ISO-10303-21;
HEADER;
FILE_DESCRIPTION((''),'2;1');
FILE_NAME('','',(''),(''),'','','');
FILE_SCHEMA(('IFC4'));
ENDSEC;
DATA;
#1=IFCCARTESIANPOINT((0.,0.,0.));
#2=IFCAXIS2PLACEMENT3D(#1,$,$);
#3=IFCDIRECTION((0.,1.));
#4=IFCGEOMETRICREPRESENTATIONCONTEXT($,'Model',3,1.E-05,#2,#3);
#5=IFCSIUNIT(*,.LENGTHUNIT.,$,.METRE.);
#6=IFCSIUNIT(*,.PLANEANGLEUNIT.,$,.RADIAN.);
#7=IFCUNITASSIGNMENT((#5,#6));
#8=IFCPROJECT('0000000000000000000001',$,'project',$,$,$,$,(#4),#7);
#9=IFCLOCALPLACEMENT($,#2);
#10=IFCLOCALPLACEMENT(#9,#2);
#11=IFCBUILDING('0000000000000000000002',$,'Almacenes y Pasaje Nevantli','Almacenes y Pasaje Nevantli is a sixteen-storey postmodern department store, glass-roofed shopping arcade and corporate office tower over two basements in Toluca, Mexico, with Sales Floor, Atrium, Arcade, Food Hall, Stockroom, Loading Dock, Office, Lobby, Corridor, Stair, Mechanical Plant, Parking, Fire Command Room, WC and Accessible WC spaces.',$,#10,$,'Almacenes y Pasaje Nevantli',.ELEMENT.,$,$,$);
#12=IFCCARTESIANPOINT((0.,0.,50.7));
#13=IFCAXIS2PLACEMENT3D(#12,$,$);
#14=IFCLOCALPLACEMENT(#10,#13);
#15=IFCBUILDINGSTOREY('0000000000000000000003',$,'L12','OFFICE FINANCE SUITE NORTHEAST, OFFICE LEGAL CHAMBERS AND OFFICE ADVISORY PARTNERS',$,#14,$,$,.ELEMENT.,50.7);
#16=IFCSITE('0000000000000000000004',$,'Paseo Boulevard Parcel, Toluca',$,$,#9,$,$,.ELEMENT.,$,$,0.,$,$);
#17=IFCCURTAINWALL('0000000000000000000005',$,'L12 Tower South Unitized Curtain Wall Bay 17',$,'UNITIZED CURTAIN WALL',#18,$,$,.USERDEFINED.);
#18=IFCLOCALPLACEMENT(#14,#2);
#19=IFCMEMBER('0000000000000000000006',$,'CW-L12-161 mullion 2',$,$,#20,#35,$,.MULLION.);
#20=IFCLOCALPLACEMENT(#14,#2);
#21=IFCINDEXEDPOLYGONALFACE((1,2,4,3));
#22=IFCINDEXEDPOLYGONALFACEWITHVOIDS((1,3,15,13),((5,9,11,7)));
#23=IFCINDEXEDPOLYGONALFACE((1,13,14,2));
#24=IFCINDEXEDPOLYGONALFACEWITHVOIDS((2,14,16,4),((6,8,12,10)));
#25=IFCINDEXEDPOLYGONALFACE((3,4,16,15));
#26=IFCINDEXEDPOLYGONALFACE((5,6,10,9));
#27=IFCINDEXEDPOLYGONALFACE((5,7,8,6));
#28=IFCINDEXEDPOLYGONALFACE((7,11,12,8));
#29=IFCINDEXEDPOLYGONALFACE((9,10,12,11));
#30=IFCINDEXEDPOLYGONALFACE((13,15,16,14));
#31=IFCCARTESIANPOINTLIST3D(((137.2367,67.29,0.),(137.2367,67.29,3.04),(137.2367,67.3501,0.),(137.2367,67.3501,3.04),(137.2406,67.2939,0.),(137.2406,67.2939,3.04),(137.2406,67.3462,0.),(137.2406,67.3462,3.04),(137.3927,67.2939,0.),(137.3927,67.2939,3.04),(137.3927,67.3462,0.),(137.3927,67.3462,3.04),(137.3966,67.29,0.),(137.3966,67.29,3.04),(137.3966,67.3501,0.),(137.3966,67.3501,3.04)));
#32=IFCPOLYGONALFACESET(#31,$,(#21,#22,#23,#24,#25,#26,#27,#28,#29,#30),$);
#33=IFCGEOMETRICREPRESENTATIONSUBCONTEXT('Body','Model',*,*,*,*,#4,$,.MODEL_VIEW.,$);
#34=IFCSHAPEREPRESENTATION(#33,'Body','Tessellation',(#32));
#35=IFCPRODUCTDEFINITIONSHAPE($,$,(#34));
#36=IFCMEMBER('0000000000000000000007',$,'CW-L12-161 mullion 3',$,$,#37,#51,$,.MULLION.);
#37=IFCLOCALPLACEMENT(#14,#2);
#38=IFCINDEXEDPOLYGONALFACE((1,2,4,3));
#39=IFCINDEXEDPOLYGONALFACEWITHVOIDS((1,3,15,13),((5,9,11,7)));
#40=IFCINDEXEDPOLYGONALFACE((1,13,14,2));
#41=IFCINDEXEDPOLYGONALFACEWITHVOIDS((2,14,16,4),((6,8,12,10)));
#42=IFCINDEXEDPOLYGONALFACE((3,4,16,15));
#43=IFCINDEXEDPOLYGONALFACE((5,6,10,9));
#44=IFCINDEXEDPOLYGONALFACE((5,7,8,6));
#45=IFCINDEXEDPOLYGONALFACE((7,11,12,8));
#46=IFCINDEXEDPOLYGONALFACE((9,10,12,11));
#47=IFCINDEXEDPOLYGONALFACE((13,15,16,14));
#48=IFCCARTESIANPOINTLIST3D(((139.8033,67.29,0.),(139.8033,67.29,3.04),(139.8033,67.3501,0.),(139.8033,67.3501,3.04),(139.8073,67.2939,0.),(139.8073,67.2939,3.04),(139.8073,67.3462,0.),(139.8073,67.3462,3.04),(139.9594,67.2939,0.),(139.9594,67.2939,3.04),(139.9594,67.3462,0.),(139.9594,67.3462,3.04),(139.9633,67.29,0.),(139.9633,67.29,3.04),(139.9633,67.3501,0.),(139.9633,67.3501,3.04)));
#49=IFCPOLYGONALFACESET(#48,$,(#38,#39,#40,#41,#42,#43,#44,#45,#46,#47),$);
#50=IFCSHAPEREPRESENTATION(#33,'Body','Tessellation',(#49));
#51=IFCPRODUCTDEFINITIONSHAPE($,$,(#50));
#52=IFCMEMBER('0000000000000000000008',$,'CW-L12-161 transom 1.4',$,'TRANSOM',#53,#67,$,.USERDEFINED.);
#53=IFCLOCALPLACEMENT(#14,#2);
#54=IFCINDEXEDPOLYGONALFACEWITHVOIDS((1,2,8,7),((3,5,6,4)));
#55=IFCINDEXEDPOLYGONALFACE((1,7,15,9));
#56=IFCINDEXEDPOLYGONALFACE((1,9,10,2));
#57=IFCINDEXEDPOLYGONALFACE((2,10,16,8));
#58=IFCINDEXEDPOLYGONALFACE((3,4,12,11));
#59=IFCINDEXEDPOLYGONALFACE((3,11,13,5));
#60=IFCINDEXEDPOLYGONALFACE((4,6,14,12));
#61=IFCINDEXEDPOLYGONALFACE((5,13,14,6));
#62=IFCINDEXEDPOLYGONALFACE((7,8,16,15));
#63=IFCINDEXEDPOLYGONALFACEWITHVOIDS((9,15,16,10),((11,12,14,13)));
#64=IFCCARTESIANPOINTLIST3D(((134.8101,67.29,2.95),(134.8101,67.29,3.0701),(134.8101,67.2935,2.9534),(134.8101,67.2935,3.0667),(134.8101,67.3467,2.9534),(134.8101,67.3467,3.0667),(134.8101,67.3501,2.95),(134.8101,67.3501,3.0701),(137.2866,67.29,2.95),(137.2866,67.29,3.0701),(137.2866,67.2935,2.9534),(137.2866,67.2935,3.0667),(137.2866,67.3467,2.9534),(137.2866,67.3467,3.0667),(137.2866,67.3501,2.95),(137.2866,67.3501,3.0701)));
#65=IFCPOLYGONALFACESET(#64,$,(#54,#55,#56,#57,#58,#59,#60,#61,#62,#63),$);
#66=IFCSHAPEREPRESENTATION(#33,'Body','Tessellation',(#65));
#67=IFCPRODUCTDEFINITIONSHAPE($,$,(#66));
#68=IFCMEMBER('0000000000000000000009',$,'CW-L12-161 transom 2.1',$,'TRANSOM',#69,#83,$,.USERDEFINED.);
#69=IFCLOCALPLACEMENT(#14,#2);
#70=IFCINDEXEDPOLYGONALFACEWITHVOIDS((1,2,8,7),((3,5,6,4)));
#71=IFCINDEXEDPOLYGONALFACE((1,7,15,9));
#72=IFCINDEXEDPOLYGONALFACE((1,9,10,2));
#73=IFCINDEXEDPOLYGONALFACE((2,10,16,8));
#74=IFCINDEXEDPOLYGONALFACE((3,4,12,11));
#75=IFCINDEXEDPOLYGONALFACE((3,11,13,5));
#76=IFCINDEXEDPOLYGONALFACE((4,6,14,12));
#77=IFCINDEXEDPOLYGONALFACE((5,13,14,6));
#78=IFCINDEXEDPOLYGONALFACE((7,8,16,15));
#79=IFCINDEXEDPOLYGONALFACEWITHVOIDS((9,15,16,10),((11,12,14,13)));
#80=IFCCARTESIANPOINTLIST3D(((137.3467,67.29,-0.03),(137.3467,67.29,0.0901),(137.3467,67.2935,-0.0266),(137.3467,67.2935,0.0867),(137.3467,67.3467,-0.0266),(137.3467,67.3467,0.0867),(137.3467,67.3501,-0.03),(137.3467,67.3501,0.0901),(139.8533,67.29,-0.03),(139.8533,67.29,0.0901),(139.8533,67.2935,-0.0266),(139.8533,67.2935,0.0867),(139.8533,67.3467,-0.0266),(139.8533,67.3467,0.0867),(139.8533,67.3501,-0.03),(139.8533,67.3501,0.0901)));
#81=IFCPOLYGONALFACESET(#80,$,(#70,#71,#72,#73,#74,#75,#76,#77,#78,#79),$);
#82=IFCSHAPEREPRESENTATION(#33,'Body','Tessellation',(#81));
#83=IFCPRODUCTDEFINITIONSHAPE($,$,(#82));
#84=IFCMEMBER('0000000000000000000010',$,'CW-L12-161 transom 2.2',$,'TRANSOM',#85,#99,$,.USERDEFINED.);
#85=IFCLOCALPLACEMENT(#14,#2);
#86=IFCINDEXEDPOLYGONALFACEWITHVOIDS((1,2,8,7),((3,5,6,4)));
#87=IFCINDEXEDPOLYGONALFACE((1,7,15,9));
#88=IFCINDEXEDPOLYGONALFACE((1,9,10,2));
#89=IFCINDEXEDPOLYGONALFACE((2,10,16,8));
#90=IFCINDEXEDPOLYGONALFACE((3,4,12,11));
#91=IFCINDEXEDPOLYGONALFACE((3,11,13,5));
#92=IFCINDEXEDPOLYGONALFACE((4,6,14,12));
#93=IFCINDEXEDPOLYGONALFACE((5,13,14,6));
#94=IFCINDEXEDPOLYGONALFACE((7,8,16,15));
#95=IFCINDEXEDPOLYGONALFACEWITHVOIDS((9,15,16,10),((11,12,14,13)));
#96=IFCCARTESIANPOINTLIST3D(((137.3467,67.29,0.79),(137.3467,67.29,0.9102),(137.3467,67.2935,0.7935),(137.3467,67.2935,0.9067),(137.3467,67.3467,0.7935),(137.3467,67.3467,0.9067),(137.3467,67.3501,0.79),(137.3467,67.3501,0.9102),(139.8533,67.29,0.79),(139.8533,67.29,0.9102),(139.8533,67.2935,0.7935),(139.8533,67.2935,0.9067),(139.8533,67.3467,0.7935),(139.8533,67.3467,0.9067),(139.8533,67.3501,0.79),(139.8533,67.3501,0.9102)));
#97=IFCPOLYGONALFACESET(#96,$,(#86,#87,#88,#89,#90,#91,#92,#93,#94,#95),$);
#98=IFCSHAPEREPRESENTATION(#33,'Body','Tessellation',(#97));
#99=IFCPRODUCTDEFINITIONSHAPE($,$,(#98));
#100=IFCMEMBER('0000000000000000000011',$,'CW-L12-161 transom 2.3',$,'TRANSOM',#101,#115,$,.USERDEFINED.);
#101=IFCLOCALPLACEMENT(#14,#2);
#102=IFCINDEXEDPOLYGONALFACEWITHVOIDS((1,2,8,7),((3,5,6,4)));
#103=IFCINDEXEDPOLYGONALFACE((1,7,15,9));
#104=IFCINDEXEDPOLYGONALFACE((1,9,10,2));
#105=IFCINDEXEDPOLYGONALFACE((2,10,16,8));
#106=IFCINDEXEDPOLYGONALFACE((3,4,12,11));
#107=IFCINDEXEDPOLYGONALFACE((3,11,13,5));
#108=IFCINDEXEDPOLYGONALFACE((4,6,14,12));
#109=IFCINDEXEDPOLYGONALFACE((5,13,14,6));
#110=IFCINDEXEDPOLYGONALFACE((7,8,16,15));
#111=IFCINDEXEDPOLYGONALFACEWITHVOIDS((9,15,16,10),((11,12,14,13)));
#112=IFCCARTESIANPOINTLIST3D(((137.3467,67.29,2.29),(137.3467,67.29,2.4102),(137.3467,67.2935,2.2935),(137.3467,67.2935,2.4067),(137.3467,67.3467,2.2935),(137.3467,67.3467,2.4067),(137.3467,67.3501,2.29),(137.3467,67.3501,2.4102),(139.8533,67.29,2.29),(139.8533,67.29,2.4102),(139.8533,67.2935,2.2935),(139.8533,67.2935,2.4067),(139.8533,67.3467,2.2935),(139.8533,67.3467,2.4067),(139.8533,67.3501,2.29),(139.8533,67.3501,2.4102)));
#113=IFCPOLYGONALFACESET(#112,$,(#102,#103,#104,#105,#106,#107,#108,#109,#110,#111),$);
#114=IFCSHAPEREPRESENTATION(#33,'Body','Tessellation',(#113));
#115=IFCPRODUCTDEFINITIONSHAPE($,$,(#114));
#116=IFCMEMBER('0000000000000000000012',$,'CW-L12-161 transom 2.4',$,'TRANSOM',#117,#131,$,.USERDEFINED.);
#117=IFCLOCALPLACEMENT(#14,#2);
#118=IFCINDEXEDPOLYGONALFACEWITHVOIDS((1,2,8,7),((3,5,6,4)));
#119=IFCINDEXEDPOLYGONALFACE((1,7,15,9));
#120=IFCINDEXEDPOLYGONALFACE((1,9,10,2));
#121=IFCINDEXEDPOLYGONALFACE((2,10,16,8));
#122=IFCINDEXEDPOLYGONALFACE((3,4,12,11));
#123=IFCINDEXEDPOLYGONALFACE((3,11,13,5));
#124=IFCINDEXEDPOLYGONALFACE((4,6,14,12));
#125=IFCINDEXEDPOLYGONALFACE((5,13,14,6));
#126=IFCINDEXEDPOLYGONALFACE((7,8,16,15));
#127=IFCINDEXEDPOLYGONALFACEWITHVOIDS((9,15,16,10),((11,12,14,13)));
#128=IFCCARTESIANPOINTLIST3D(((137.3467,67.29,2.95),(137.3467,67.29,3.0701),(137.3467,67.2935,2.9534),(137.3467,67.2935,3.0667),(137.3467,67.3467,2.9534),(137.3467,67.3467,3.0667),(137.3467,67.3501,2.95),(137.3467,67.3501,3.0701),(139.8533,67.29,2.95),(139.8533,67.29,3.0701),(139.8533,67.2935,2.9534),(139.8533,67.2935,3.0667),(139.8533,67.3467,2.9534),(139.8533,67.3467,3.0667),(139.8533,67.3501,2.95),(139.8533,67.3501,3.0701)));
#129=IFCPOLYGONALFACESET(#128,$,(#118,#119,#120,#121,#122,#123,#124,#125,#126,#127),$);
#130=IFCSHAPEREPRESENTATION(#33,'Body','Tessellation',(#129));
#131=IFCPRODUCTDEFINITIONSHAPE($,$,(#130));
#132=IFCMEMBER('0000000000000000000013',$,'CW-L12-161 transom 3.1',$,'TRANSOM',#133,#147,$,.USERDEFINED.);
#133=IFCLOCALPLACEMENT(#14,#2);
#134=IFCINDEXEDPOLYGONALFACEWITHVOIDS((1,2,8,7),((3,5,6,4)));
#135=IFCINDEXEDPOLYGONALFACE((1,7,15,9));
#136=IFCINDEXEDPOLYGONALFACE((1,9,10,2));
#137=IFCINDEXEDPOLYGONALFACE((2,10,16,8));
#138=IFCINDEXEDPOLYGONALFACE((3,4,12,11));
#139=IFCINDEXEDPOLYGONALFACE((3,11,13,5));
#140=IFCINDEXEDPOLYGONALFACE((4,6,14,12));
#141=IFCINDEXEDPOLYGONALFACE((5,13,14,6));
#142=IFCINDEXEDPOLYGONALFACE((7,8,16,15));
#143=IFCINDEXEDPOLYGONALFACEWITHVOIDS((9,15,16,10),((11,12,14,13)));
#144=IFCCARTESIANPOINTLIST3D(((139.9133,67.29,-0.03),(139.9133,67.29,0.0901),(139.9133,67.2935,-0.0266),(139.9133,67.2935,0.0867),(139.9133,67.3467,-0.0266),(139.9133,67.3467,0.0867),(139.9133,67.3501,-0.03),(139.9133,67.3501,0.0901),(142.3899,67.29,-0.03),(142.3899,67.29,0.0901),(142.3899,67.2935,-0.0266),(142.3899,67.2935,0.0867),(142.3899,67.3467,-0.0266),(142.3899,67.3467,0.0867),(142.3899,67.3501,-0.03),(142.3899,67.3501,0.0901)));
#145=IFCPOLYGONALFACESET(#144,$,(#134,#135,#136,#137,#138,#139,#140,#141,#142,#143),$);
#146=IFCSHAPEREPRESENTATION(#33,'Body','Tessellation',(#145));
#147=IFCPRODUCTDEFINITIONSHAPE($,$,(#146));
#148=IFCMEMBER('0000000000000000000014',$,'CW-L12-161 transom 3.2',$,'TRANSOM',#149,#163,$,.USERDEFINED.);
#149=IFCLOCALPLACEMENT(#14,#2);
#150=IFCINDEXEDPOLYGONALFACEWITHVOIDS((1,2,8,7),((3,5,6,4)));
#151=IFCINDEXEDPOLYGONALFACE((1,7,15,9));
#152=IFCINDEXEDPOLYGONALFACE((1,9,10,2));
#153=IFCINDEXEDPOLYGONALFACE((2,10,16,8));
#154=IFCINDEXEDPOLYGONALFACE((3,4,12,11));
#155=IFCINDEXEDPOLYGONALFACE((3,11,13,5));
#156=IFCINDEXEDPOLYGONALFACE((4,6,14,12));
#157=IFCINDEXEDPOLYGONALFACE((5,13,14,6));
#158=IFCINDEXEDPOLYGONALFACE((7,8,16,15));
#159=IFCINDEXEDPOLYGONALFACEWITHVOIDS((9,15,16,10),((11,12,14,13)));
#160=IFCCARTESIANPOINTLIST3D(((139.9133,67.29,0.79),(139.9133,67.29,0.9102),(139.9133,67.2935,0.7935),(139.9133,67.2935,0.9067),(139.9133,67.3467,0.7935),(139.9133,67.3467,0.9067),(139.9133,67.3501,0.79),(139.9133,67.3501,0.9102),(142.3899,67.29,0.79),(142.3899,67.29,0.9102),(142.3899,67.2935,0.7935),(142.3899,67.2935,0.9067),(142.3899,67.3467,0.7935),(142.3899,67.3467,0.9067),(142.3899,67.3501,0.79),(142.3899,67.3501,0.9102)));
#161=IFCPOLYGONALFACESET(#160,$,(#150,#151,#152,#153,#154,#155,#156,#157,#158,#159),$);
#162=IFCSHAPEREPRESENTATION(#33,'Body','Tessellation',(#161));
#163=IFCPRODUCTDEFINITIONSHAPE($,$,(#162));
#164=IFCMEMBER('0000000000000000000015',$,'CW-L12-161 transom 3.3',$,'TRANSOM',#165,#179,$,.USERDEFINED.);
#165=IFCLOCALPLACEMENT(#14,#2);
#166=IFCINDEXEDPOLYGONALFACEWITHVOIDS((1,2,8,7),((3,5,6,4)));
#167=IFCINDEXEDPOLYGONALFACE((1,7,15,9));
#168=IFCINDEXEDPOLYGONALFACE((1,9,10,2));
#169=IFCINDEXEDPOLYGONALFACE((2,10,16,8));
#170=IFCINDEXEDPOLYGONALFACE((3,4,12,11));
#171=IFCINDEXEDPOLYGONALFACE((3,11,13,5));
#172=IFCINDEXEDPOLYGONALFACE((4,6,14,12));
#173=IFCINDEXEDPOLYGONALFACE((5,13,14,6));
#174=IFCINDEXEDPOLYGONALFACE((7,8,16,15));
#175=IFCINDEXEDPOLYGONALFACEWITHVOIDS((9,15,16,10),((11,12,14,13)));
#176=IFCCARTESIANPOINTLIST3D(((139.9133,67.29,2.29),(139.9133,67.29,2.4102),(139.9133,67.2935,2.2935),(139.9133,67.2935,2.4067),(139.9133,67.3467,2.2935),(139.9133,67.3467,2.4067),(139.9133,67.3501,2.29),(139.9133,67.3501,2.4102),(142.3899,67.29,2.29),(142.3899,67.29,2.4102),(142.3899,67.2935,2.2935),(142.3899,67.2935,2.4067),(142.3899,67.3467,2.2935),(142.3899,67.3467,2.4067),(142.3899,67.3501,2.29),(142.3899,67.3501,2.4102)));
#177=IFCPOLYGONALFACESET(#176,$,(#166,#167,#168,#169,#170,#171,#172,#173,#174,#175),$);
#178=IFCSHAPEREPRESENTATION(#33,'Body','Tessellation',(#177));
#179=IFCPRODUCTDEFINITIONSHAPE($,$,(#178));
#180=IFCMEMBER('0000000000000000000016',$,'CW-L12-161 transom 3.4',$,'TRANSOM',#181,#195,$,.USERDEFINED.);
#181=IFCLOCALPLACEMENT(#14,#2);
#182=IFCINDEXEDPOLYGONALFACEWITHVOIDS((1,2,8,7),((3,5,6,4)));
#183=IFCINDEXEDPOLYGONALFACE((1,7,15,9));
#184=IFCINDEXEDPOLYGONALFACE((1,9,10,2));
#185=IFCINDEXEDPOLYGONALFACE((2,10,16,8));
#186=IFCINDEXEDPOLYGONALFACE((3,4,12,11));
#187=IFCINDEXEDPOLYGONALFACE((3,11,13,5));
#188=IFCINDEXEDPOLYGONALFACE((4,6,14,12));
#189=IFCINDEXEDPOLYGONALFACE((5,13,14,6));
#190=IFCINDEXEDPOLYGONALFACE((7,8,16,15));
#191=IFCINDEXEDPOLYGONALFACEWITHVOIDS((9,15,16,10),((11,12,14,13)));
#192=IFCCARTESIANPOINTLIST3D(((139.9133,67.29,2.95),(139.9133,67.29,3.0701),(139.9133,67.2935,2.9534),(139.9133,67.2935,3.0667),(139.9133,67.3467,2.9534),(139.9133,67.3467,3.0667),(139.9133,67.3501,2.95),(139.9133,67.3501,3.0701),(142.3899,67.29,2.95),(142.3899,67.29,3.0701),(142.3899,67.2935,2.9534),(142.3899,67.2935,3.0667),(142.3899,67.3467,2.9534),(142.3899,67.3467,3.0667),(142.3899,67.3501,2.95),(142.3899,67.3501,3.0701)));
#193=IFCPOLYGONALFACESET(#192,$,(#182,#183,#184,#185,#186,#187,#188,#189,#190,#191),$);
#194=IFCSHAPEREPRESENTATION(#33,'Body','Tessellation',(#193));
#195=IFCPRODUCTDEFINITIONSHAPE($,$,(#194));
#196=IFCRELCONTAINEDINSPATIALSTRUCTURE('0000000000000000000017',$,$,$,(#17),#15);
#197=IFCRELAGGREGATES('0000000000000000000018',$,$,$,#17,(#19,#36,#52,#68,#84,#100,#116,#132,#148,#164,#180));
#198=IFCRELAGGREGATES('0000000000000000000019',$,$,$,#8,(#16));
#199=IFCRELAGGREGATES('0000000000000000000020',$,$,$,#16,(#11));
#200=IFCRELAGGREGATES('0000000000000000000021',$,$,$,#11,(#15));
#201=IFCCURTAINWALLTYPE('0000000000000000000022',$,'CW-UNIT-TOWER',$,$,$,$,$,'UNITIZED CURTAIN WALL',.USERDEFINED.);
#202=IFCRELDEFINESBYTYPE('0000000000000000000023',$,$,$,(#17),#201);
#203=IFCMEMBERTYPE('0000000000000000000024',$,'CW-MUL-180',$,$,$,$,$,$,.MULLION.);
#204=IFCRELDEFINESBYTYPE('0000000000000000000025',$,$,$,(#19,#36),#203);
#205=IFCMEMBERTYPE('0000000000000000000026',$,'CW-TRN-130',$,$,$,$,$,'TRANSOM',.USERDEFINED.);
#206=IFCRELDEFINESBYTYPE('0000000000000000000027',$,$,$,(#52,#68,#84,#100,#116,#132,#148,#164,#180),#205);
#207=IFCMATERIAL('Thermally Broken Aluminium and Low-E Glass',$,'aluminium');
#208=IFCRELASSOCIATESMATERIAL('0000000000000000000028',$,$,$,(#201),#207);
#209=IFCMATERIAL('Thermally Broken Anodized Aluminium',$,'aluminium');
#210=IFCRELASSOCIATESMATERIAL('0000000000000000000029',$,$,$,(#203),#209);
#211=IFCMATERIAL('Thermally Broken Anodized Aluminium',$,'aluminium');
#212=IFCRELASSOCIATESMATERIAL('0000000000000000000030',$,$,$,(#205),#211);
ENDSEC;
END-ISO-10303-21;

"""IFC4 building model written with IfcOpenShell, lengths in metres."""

from ifc_helpers import new_model, si_unit, direction, frame, origin, origin_2d, place, context, subcontext, project, spatial, hollow_rectangle, extrude, material, material_profile, profile_set, type_object, element, aggregate, save


model = new_model("IFC4")

# Units and contexts
model_context = context("Model", 3, precision=1e-05, world=origin(), true_north=direction((0.0, 1.0)))
body_context = subcontext(model_context, "Body", "Model", "MODEL_VIEW")
ifc_project = project(units=[si_unit("LENGTHUNIT", "METRE"), si_unit("PLANEANGLEUNIT", "RADIAN")], contexts=[model_context])

# Site, building, storey
site_placement = place(None, origin())
site = spatial("IfcSite", under=ifc_project, at=site_placement, Name="Paseo Boulevard Parcel, Toluca", CompositionType="ELEMENT", RefElevation=0.0)
building_placement = place(site_placement, origin())
building = spatial("IfcBuilding", under=site, at=building_placement, Name="Almacenes y Pasaje Nevantli", Description="Almacenes y Pasaje Nevantli is a sixteen-storey postmodern department store, glass-roofed shopping arcade and corporate office tower over two basements in Toluca, Mexico, with Sales Floor, Atrium, Arcade, Food Hall, Stockroom, Loading Dock, Office, Lobby, Corridor, Stair, Mechanical Plant, Parking, Fire Command Room, WC and Accessible WC spaces.", LongName="Almacenes y Pasaje Nevantli", CompositionType="ELEMENT")
storey_placement = place(building_placement, frame((0.0, 0.0, 50.7)))
storey = spatial("IfcBuildingStorey", under=building, at=storey_placement, Name="L12", Description="OFFICE FINANCE SUITE NORTHEAST, OFFICE LEGAL CHAMBERS AND OFFICE ADVISORY PARTNERS", CompositionType="ELEMENT", Elevation=50.7)

# Curtain wall, members
ifc_material_1 = material(Name="Thermally Broken Aluminium and Low-E Glass", Category="aluminium")
curtain_wall_type = type_object("IfcCurtainWallType", Name="CW-UNIT-TOWER", ElementType="UNITIZED CURTAIN WALL", PredefinedType="USERDEFINED", material=ifc_material_1)
curtain_wall_placement = place(storey_placement, origin())
curtain_wall = element("IfcCurtainWall", 1, at=curtain_wall_placement, inside=storey, type_object=curtain_wall_type, Name="L12 Tower South Unitized Curtain Wall Bay 17", ObjectType="UNITIZED CURTAIN WALL", PredefinedType="USERDEFINED")
ifc_material_2 = material(Name="Thermally Broken Anodized Aluminium", Category="aluminium")
ifc_material_profile_1 = material_profile(ifc_material_2, hollow_rectangle(XDim=0.0601, YDim=0.1599, WallThickness=0.0039, at=origin_2d()), Name="ALU-MUL-60x160")
ifc_profile_set_1 = profile_set([ifc_material_profile_1], Name="Thermally Broken Anodized Aluminium")
member_type_1 = type_object("IfcMemberType", Name="CW-MUL-180", PredefinedType="MULLION", material=ifc_profile_set_1)
member_1_placement = place(storey_placement, frame((137.3167, 67.3201, 0.0), z_axis=(0.0, 0.0, 1.0), x_axis=(0.0, 1.0, 0.0)))
member_1 = element("IfcMember", 2, at=member_1_placement, type_object=member_type_1, Name="CW-L12-161 mullion 2", PredefinedType="MULLION", context=body_context, shape_type="SweptSolid", body=[
    extrude(hollow_rectangle(XDim=0.0601, YDim=0.1599, WallThickness=0.0039, at=origin_2d()), origin(), (0.0, 0.0, 1.0), 3.04),
])
member_2_placement = place(storey_placement, frame((139.8833, 67.3201, 0.0), z_axis=(0.0, 0.0, 1.0), x_axis=(0.0, 1.0, 0.0)))
member_2 = element("IfcMember", 3, at=member_2_placement, type_object=member_type_1, Name="CW-L12-161 mullion 3", PredefinedType="MULLION", context=body_context, shape_type="SweptSolid", body=[
    extrude(hollow_rectangle(XDim=0.0601, YDim=0.1599, WallThickness=0.0039, at=origin_2d()), origin(), (0.0, 0.0, 1.0), 3.04),
])
ifc_material_3 = material(Name="Thermally Broken Anodized Aluminium", Category="aluminium")
ifc_material_profile_2 = material_profile(ifc_material_3, hollow_rectangle(XDim=0.0601, YDim=0.1201, WallThickness=0.0034, at=origin_2d()), Name="ALU-TRN-60x120")
ifc_profile_set_2 = profile_set([ifc_material_profile_2], Name="Thermally Broken Anodized Aluminium")
member_type_2 = type_object("IfcMemberType", Name="CW-TRN-130", ElementType="TRANSOM", PredefinedType="USERDEFINED", material=ifc_profile_set_2)
member_3_placement = place(storey_placement, frame((134.8101, 67.3201, 3.01), z_axis=(1.0, 0.0, 0.0), x_axis=(0.0, 1.0, 0.0)))
member_3 = element("IfcMember", 4, at=member_3_placement, type_object=member_type_2, Name="CW-L12-161 transom 1.4", ObjectType="TRANSOM", PredefinedType="USERDEFINED", context=body_context, shape_type="SweptSolid", body=[
    extrude(hollow_rectangle(XDim=0.0601, YDim=0.1201, WallThickness=0.0034, at=origin_2d()), origin(), (0.0, 0.0, 1.0), 2.4766),
])
member_4_placement = place(storey_placement, frame((137.3467, 67.3201, 0.03), z_axis=(1.0, 0.0, 0.0), x_axis=(0.0, 1.0, 0.0)))
member_4 = element("IfcMember", 5, at=member_4_placement, type_object=member_type_2, Name="CW-L12-161 transom 2.1", ObjectType="TRANSOM", PredefinedType="USERDEFINED", context=body_context, shape_type="SweptSolid", body=[
    extrude(hollow_rectangle(XDim=0.0601, YDim=0.1201, WallThickness=0.0034, at=origin_2d()), origin(), (0.0, 0.0, 1.0), 2.5066),
])
member_5_placement = place(storey_placement, frame((137.3467, 67.3201, 0.8501), z_axis=(1.0, 0.0, 0.0), x_axis=(0.0, 1.0, 0.0)))
member_5 = element("IfcMember", 6, at=member_5_placement, type_object=member_type_2, Name="CW-L12-161 transom 2.2", ObjectType="TRANSOM", PredefinedType="USERDEFINED", context=body_context, shape_type="SweptSolid", body=[
    extrude(hollow_rectangle(XDim=0.0601, YDim=0.1201, WallThickness=0.0034, at=origin_2d()), origin(), (0.0, 0.0, 1.0), 2.5066),
])
member_6_placement = place(storey_placement, frame((137.3467, 67.3201, 2.3501), z_axis=(1.0, 0.0, 0.0), x_axis=(0.0, 1.0, 0.0)))
member_6 = element("IfcMember", 7, at=member_6_placement, type_object=member_type_2, Name="CW-L12-161 transom 2.3", ObjectType="TRANSOM", PredefinedType="USERDEFINED", context=body_context, shape_type="SweptSolid", body=[
    extrude(hollow_rectangle(XDim=0.0601, YDim=0.1201, WallThickness=0.0034, at=origin_2d()), origin(), (0.0, 0.0, 1.0), 2.5066),
])
member_7_placement = place(storey_placement, frame((137.3467, 67.3201, 3.01), z_axis=(1.0, 0.0, 0.0), x_axis=(0.0, 1.0, 0.0)))
member_7 = element("IfcMember", 8, at=member_7_placement, type_object=member_type_2, Name="CW-L12-161 transom 2.4", ObjectType="TRANSOM", PredefinedType="USERDEFINED", context=body_context, shape_type="SweptSolid", body=[
    extrude(hollow_rectangle(XDim=0.0601, YDim=0.1201, WallThickness=0.0034, at=origin_2d()), origin(), (0.0, 0.0, 1.0), 2.5066),
])
member_8_placement = place(storey_placement, frame((139.9133, 67.3201, 0.03), z_axis=(1.0, 0.0, 0.0), x_axis=(0.0, 1.0, 0.0)))
member_8 = element("IfcMember", 9, at=member_8_placement, type_object=member_type_2, Name="CW-L12-161 transom 3.1", ObjectType="TRANSOM", PredefinedType="USERDEFINED", context=body_context, shape_type="SweptSolid", body=[
    extrude(hollow_rectangle(XDim=0.0601, YDim=0.1201, WallThickness=0.0034, at=origin_2d()), origin(), (0.0, 0.0, 1.0), 2.4766),
])
member_9_placement = place(storey_placement, frame((139.9133, 67.3201, 0.8501), z_axis=(1.0, 0.0, 0.0), x_axis=(0.0, 1.0, 0.0)))
member_9 = element("IfcMember", 10, at=member_9_placement, type_object=member_type_2, Name="CW-L12-161 transom 3.2", ObjectType="TRANSOM", PredefinedType="USERDEFINED", context=body_context, shape_type="SweptSolid", body=[
    extrude(hollow_rectangle(XDim=0.0601, YDim=0.1201, WallThickness=0.0034, at=origin_2d()), origin(), (0.0, 0.0, 1.0), 2.4766),
])
member_10_placement = place(storey_placement, frame((139.9133, 67.3201, 2.3501), z_axis=(1.0, 0.0, 0.0), x_axis=(0.0, 1.0, 0.0)))
member_10 = element("IfcMember", 11, at=member_10_placement, type_object=member_type_2, Name="CW-L12-161 transom 3.3", ObjectType="TRANSOM", PredefinedType="USERDEFINED", context=body_context, shape_type="SweptSolid", body=[
    extrude(hollow_rectangle(XDim=0.0601, YDim=0.1201, WallThickness=0.0034, at=origin_2d()), origin(), (0.0, 0.0, 1.0), 2.4766),
])
member_11_placement = place(storey_placement, frame((139.9133, 67.3201, 3.01), z_axis=(1.0, 0.0, 0.0), x_axis=(0.0, 1.0, 0.0)))
member_11 = element("IfcMember", 12, at=member_11_placement, type_object=member_type_2, Name="CW-L12-161 transom 3.4", ObjectType="TRANSOM", PredefinedType="USERDEFINED", context=body_context, shape_type="SweptSolid", body=[
    extrude(hollow_rectangle(XDim=0.0601, YDim=0.1201, WallThickness=0.0034, at=origin_2d()), origin(), (0.0, 0.0, 1.0), 2.4766),
])
aggregate(curtain_wall, [member_1, member_2, member_3, member_4, member_5, member_6, member_7, member_8, member_9, member_10, member_11])

save(model, "model.ifc")
